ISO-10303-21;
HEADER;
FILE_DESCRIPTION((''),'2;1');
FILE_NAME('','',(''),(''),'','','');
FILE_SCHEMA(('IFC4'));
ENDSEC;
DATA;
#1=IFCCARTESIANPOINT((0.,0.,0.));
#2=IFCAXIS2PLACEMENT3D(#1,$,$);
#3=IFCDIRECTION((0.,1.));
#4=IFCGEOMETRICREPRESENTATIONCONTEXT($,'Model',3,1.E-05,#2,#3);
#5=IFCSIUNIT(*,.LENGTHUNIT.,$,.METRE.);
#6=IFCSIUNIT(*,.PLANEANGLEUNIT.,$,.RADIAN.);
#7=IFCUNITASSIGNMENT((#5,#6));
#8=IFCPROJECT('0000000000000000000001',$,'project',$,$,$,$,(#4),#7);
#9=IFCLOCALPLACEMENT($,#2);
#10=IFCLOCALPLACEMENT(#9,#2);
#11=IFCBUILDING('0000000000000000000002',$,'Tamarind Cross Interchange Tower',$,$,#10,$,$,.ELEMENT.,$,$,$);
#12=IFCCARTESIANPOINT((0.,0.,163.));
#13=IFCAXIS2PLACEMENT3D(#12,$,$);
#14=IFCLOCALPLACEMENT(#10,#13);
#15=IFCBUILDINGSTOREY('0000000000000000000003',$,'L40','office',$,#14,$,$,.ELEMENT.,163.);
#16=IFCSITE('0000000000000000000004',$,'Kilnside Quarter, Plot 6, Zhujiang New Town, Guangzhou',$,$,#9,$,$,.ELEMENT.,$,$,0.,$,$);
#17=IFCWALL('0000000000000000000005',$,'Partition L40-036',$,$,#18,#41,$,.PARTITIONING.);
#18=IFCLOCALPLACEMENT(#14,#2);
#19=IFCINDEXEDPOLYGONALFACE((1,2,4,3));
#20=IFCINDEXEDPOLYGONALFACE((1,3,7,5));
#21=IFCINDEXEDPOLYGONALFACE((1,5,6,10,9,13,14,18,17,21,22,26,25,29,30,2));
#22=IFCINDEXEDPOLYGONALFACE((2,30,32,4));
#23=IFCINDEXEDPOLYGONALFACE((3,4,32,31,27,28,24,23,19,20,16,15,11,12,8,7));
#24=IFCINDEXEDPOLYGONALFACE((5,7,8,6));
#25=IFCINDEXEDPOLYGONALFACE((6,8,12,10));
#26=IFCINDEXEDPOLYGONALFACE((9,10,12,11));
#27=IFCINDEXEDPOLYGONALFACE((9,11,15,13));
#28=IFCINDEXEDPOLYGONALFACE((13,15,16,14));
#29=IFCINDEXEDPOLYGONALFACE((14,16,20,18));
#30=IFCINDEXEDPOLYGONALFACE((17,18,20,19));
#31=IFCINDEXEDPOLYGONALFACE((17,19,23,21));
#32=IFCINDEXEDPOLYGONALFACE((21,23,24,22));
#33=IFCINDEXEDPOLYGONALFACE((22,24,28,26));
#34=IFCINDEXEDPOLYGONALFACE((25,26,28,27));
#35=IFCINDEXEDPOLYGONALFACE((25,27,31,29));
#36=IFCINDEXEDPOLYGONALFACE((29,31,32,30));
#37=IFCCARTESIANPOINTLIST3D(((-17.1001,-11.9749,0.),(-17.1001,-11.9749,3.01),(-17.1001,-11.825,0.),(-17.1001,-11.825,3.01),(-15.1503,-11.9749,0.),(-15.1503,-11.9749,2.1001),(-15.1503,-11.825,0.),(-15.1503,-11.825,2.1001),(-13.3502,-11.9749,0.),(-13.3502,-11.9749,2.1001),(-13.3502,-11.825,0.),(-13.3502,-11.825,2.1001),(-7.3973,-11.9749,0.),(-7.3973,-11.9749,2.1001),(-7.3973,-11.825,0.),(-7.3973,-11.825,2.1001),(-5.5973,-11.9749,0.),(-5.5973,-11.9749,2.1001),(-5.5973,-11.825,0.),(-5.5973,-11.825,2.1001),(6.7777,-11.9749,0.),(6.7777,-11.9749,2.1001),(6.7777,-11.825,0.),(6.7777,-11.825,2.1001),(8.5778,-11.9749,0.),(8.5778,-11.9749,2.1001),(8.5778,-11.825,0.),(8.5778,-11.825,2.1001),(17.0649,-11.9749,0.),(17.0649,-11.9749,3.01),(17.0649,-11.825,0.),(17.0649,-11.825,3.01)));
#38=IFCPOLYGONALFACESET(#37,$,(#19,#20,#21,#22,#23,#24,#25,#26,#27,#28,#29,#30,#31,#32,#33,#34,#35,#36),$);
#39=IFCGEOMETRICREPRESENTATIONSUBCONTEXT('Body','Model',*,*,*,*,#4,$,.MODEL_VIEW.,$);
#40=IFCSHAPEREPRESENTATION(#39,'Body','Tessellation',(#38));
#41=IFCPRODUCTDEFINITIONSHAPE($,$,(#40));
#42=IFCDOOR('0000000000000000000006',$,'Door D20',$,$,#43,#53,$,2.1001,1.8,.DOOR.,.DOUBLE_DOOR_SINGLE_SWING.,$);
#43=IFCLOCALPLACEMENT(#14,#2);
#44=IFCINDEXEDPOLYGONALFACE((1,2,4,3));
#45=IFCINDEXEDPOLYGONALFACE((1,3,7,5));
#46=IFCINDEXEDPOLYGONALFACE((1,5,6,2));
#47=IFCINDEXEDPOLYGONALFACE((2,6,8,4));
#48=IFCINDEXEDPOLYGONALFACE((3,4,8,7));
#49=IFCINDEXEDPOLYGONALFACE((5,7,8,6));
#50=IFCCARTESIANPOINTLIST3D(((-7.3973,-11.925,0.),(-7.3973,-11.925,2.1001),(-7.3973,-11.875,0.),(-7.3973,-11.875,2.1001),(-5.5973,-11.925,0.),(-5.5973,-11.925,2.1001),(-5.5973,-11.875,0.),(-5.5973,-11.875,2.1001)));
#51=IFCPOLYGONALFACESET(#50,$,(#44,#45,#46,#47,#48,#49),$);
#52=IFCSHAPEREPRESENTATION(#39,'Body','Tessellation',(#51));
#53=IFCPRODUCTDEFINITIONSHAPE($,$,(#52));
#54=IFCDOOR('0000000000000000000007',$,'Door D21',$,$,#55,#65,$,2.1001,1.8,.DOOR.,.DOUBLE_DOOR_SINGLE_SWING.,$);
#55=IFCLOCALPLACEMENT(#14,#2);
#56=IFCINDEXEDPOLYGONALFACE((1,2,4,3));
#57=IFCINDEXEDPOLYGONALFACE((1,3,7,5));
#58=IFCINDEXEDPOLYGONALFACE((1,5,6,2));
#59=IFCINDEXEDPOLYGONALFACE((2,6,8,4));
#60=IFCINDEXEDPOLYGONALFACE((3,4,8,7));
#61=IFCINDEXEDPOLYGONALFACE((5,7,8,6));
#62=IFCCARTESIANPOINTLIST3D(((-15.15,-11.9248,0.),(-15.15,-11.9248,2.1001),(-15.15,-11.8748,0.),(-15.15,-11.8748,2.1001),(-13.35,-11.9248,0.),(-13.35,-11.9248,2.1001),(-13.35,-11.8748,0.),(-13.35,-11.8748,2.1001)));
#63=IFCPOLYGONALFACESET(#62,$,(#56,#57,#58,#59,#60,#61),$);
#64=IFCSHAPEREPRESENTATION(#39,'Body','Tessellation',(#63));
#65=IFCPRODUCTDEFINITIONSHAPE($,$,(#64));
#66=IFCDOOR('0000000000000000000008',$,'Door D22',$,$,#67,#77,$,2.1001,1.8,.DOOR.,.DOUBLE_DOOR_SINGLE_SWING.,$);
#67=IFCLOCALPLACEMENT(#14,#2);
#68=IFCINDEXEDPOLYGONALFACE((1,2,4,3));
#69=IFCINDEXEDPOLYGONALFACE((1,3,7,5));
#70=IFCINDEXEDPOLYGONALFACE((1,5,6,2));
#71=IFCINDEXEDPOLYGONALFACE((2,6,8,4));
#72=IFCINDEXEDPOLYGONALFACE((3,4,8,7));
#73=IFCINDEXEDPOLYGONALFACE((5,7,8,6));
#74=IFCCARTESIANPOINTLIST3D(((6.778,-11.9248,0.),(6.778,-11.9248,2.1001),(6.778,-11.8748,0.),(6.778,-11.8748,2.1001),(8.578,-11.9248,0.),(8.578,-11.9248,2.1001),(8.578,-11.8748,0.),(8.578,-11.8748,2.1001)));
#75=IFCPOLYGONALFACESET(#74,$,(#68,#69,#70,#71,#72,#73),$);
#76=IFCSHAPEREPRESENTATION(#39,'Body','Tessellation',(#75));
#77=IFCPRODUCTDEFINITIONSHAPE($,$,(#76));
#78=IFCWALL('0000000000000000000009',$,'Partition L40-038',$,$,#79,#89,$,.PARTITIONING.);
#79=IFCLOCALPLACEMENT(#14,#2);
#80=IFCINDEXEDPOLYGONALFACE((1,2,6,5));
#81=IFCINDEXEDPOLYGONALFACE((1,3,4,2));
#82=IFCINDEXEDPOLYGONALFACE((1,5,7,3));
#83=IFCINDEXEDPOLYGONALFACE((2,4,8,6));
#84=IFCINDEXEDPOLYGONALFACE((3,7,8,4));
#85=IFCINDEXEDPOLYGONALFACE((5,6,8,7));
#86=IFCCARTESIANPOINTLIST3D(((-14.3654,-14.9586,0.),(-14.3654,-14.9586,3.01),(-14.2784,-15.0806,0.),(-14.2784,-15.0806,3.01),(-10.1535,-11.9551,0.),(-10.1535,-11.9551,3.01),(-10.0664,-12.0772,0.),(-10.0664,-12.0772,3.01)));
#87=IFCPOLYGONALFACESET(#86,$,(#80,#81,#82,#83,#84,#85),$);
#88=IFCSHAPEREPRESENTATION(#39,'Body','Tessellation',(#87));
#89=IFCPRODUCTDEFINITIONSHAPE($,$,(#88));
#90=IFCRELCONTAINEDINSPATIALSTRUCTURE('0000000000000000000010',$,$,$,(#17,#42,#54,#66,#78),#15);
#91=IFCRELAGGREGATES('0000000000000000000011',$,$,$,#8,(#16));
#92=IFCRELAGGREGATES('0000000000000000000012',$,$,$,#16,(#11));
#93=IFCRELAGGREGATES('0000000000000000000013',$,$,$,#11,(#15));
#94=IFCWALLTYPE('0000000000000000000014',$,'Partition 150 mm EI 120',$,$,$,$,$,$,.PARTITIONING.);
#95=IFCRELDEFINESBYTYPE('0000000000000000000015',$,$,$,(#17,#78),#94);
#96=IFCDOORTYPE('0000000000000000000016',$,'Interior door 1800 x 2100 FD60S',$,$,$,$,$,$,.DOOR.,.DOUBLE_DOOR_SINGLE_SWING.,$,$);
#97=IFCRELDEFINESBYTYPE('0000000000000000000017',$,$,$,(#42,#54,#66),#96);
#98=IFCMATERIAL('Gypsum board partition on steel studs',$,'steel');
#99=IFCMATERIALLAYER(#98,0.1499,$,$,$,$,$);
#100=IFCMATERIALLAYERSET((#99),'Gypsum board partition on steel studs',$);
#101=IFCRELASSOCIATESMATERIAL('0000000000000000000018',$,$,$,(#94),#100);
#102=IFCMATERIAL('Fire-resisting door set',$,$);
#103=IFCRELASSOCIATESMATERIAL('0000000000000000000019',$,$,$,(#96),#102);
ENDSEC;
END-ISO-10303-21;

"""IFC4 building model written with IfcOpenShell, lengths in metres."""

from ifc_helpers import new_model, si_unit, direction, frame, frame_2d, origin, place, context, subcontext, project, spatial, rectangle, extrude, material, layer, layer_set, type_object, element, fill, save


model = new_model("IFC4")

# Units and contexts
model_context = context("Model", 3, precision=1e-05, world=origin(), true_north=direction((0.0, 1.0)))
body_context = subcontext(model_context, "Body", "Model", "MODEL_VIEW")
ifc_project = project(units=[si_unit("LENGTHUNIT", "METRE"), si_unit("PLANEANGLEUNIT", "RADIAN")], contexts=[model_context])

# Site, building, storey
site_placement = place(None, origin())
site = spatial("IfcSite", under=ifc_project, at=site_placement, Name="Kilnside Quarter, Plot 6, Zhujiang New Town, Guangzhou", CompositionType="ELEMENT", RefElevation=0.0)
building_placement = place(site_placement, origin())
building = spatial("IfcBuilding", under=site, at=building_placement, Name="Tamarind Cross Interchange Tower", CompositionType="ELEMENT")
storey_placement = place(building_placement, frame((0.0, 0.0, 163.0)))
storey = spatial("IfcBuildingStorey", under=building, at=storey_placement, Name="L40", Description="office", CompositionType="ELEMENT", Elevation=163.0)

# Shared definitions
ifc_material_1 = material(Name="Gypsum board partition on steel studs", Category="steel")
ifc_layer_1 = layer(ifc_material_1, 0.1499)
ifc_layer_set_1 = layer_set([ifc_layer_1], Name="Gypsum board partition on steel studs")
wall_type_1 = type_object("IfcWallType", Name="Partition 150 mm EI 120", PredefinedType="PARTITIONING", material=ifc_layer_set_1)

# Wall, openings, doors
wall_1_placement = place(storey_placement, frame((-17.1001, -11.8999, 0.0), z_axis=(0.0, 0.0, 1.0), x_axis=(1.0, 0.0, 0.0)))
wall_1 = element("IfcWall", 1, at=wall_1_placement, inside=storey, type_object=wall_type_1, Name="Partition L40-036", PredefinedType="PARTITIONING", context=body_context, shape_type="SweptSolid", body=[
    extrude(rectangle(XDim=34.165, YDim=0.1499, at=frame_2d((17.0825, 0.0))), origin(), (0.0, 0.0, 1.0), 3.01),
])
opening_1_placement = place(wall_1_placement, frame((9.7029, 0.0, 0.0)))
opening_1 = element("IfcOpeningElement", 2, at=opening_1_placement, cuts=wall_1, PredefinedType="OPENING", context=body_context, shape_type="SweptSolid", body=[
    extrude(rectangle(XDim=1.8, YDim=2.1001, at=frame_2d((0.8999, 1.05))), frame((0.0, 0.085, 0.0), z_axis=(0.0, -1.0, 0.0), x_axis=(1.0, 0.0, 0.0)), (0.0, 0.0, 1.0), 0.1699),
])
opening_2_placement = place(wall_1_placement, frame((1.95, 0.0, 0.0)))
opening_2 = element("IfcOpeningElement", 3, at=opening_2_placement, cuts=wall_1, PredefinedType="OPENING", context=body_context, shape_type="SweptSolid", body=[
    extrude(rectangle(XDim=1.8, YDim=2.1001, at=frame_2d((0.8999, 1.05))), frame((0.0, 0.085, 0.0), z_axis=(0.0, -1.0, 0.0), x_axis=(1.0, 0.0, 0.0)), (0.0, 0.0, 1.0), 0.1699),
])
opening_3_placement = place(wall_1_placement, frame((23.8779, 0.0, 0.0)))
opening_3 = element("IfcOpeningElement", 4, at=opening_3_placement, cuts=wall_1, PredefinedType="OPENING", context=body_context, shape_type="SweptSolid", body=[
    extrude(rectangle(XDim=1.8, YDim=2.1001, at=frame_2d((0.8999, 1.05))), frame((0.0, 0.085, 0.0), z_axis=(0.0, -1.0, 0.0), x_axis=(1.0, 0.0, 0.0)), (0.0, 0.0, 1.0), 0.1699),
])
ifc_material_2 = material(Name="Fire-resisting door set")
door_type_1 = type_object("IfcDoorType", Name="Interior door 1800 x 2100 FD60S", OperationType="DOUBLE_DOOR_SINGLE_SWING", PredefinedType="DOOR", material=ifc_material_2)
door_1_placement = place(opening_1_placement, origin())
door_1 = element("IfcDoor", 5, at=door_1_placement, inside=storey, type_object=door_type_1, Name="Door D20", OperationType="DOUBLE_DOOR_SINGLE_SWING", OverallHeight=2.1001, OverallWidth=1.8, PredefinedType="DOOR", context=body_context, shape_type="SweptSolid", body=[
    extrude(rectangle(XDim=1.8, YDim=2.1001, at=frame_2d((0.8999, 1.05))), frame((0.0, 0.0249, 0.0), z_axis=(0.0, -1.0, 0.0), x_axis=(1.0, 0.0, 0.0)), (0.0, 0.0, 1.0), 0.05),
])
fill(opening_1, door_1)
door_2_placement = place(opening_2_placement, frame((1.8, 0.0, 0.0), z_axis=(0.0, 0.0, 1.0), x_axis=(-1.0, 0.0, 0.0)))
door_2 = element("IfcDoor", 6, at=door_2_placement, inside=storey, type_object=door_type_1, Name="Door D21", OperationType="DOUBLE_DOOR_SINGLE_SWING", OverallHeight=2.1001, OverallWidth=1.8, PredefinedType="DOOR", context=body_context, shape_type="SweptSolid", body=[
    extrude(rectangle(XDim=1.8, YDim=2.1001, at=frame_2d((0.8999, 1.05))), frame((0.0, 0.0249, 0.0), z_axis=(0.0, -1.0, 0.0), x_axis=(1.0, 0.0, 0.0)), (0.0, 0.0, 1.0), 0.05),
])
fill(opening_2, door_2)
door_3_placement = place(opening_3_placement, frame((1.8, 0.0, 0.0), z_axis=(0.0, 0.0, 1.0), x_axis=(-1.0, 0.0, 0.0)))
door_3 = element("IfcDoor", 7, at=door_3_placement, inside=storey, type_object=door_type_1, Name="Door D22", OperationType="DOUBLE_DOOR_SINGLE_SWING", OverallHeight=2.1001, OverallWidth=1.8, PredefinedType="DOOR", context=body_context, shape_type="SweptSolid", body=[
    extrude(rectangle(XDim=1.8, YDim=2.1001, at=frame_2d((0.8999, 1.05))), frame((0.0, 0.0249, 0.0), z_axis=(0.0, -1.0, 0.0), x_axis=(1.0, 0.0, 0.0)), (0.0, 0.0, 1.0), 0.05),
])
fill(opening_3, door_3)

# Wall
wall_2_placement = place(storey_placement, frame((-14.3218, -15.0195, 0.0), z_axis=(0.0, 0.0, 1.0), x_axis=(0.814199, 0.580586, 0.0)))
element("IfcWall", 8, at=wall_2_placement, inside=storey, type_object=wall_type_1, Name="Partition L40-038", PredefinedType="PARTITIONING", context=body_context, shape_type="SweptSolid", body=[
    extrude(rectangle(XDim=5.1731, YDim=0.1499, at=frame_2d((2.5864, 0.0))), origin(), (0.0, 0.0, 1.0), 3.01),
])

save(model, "model.ifc")
